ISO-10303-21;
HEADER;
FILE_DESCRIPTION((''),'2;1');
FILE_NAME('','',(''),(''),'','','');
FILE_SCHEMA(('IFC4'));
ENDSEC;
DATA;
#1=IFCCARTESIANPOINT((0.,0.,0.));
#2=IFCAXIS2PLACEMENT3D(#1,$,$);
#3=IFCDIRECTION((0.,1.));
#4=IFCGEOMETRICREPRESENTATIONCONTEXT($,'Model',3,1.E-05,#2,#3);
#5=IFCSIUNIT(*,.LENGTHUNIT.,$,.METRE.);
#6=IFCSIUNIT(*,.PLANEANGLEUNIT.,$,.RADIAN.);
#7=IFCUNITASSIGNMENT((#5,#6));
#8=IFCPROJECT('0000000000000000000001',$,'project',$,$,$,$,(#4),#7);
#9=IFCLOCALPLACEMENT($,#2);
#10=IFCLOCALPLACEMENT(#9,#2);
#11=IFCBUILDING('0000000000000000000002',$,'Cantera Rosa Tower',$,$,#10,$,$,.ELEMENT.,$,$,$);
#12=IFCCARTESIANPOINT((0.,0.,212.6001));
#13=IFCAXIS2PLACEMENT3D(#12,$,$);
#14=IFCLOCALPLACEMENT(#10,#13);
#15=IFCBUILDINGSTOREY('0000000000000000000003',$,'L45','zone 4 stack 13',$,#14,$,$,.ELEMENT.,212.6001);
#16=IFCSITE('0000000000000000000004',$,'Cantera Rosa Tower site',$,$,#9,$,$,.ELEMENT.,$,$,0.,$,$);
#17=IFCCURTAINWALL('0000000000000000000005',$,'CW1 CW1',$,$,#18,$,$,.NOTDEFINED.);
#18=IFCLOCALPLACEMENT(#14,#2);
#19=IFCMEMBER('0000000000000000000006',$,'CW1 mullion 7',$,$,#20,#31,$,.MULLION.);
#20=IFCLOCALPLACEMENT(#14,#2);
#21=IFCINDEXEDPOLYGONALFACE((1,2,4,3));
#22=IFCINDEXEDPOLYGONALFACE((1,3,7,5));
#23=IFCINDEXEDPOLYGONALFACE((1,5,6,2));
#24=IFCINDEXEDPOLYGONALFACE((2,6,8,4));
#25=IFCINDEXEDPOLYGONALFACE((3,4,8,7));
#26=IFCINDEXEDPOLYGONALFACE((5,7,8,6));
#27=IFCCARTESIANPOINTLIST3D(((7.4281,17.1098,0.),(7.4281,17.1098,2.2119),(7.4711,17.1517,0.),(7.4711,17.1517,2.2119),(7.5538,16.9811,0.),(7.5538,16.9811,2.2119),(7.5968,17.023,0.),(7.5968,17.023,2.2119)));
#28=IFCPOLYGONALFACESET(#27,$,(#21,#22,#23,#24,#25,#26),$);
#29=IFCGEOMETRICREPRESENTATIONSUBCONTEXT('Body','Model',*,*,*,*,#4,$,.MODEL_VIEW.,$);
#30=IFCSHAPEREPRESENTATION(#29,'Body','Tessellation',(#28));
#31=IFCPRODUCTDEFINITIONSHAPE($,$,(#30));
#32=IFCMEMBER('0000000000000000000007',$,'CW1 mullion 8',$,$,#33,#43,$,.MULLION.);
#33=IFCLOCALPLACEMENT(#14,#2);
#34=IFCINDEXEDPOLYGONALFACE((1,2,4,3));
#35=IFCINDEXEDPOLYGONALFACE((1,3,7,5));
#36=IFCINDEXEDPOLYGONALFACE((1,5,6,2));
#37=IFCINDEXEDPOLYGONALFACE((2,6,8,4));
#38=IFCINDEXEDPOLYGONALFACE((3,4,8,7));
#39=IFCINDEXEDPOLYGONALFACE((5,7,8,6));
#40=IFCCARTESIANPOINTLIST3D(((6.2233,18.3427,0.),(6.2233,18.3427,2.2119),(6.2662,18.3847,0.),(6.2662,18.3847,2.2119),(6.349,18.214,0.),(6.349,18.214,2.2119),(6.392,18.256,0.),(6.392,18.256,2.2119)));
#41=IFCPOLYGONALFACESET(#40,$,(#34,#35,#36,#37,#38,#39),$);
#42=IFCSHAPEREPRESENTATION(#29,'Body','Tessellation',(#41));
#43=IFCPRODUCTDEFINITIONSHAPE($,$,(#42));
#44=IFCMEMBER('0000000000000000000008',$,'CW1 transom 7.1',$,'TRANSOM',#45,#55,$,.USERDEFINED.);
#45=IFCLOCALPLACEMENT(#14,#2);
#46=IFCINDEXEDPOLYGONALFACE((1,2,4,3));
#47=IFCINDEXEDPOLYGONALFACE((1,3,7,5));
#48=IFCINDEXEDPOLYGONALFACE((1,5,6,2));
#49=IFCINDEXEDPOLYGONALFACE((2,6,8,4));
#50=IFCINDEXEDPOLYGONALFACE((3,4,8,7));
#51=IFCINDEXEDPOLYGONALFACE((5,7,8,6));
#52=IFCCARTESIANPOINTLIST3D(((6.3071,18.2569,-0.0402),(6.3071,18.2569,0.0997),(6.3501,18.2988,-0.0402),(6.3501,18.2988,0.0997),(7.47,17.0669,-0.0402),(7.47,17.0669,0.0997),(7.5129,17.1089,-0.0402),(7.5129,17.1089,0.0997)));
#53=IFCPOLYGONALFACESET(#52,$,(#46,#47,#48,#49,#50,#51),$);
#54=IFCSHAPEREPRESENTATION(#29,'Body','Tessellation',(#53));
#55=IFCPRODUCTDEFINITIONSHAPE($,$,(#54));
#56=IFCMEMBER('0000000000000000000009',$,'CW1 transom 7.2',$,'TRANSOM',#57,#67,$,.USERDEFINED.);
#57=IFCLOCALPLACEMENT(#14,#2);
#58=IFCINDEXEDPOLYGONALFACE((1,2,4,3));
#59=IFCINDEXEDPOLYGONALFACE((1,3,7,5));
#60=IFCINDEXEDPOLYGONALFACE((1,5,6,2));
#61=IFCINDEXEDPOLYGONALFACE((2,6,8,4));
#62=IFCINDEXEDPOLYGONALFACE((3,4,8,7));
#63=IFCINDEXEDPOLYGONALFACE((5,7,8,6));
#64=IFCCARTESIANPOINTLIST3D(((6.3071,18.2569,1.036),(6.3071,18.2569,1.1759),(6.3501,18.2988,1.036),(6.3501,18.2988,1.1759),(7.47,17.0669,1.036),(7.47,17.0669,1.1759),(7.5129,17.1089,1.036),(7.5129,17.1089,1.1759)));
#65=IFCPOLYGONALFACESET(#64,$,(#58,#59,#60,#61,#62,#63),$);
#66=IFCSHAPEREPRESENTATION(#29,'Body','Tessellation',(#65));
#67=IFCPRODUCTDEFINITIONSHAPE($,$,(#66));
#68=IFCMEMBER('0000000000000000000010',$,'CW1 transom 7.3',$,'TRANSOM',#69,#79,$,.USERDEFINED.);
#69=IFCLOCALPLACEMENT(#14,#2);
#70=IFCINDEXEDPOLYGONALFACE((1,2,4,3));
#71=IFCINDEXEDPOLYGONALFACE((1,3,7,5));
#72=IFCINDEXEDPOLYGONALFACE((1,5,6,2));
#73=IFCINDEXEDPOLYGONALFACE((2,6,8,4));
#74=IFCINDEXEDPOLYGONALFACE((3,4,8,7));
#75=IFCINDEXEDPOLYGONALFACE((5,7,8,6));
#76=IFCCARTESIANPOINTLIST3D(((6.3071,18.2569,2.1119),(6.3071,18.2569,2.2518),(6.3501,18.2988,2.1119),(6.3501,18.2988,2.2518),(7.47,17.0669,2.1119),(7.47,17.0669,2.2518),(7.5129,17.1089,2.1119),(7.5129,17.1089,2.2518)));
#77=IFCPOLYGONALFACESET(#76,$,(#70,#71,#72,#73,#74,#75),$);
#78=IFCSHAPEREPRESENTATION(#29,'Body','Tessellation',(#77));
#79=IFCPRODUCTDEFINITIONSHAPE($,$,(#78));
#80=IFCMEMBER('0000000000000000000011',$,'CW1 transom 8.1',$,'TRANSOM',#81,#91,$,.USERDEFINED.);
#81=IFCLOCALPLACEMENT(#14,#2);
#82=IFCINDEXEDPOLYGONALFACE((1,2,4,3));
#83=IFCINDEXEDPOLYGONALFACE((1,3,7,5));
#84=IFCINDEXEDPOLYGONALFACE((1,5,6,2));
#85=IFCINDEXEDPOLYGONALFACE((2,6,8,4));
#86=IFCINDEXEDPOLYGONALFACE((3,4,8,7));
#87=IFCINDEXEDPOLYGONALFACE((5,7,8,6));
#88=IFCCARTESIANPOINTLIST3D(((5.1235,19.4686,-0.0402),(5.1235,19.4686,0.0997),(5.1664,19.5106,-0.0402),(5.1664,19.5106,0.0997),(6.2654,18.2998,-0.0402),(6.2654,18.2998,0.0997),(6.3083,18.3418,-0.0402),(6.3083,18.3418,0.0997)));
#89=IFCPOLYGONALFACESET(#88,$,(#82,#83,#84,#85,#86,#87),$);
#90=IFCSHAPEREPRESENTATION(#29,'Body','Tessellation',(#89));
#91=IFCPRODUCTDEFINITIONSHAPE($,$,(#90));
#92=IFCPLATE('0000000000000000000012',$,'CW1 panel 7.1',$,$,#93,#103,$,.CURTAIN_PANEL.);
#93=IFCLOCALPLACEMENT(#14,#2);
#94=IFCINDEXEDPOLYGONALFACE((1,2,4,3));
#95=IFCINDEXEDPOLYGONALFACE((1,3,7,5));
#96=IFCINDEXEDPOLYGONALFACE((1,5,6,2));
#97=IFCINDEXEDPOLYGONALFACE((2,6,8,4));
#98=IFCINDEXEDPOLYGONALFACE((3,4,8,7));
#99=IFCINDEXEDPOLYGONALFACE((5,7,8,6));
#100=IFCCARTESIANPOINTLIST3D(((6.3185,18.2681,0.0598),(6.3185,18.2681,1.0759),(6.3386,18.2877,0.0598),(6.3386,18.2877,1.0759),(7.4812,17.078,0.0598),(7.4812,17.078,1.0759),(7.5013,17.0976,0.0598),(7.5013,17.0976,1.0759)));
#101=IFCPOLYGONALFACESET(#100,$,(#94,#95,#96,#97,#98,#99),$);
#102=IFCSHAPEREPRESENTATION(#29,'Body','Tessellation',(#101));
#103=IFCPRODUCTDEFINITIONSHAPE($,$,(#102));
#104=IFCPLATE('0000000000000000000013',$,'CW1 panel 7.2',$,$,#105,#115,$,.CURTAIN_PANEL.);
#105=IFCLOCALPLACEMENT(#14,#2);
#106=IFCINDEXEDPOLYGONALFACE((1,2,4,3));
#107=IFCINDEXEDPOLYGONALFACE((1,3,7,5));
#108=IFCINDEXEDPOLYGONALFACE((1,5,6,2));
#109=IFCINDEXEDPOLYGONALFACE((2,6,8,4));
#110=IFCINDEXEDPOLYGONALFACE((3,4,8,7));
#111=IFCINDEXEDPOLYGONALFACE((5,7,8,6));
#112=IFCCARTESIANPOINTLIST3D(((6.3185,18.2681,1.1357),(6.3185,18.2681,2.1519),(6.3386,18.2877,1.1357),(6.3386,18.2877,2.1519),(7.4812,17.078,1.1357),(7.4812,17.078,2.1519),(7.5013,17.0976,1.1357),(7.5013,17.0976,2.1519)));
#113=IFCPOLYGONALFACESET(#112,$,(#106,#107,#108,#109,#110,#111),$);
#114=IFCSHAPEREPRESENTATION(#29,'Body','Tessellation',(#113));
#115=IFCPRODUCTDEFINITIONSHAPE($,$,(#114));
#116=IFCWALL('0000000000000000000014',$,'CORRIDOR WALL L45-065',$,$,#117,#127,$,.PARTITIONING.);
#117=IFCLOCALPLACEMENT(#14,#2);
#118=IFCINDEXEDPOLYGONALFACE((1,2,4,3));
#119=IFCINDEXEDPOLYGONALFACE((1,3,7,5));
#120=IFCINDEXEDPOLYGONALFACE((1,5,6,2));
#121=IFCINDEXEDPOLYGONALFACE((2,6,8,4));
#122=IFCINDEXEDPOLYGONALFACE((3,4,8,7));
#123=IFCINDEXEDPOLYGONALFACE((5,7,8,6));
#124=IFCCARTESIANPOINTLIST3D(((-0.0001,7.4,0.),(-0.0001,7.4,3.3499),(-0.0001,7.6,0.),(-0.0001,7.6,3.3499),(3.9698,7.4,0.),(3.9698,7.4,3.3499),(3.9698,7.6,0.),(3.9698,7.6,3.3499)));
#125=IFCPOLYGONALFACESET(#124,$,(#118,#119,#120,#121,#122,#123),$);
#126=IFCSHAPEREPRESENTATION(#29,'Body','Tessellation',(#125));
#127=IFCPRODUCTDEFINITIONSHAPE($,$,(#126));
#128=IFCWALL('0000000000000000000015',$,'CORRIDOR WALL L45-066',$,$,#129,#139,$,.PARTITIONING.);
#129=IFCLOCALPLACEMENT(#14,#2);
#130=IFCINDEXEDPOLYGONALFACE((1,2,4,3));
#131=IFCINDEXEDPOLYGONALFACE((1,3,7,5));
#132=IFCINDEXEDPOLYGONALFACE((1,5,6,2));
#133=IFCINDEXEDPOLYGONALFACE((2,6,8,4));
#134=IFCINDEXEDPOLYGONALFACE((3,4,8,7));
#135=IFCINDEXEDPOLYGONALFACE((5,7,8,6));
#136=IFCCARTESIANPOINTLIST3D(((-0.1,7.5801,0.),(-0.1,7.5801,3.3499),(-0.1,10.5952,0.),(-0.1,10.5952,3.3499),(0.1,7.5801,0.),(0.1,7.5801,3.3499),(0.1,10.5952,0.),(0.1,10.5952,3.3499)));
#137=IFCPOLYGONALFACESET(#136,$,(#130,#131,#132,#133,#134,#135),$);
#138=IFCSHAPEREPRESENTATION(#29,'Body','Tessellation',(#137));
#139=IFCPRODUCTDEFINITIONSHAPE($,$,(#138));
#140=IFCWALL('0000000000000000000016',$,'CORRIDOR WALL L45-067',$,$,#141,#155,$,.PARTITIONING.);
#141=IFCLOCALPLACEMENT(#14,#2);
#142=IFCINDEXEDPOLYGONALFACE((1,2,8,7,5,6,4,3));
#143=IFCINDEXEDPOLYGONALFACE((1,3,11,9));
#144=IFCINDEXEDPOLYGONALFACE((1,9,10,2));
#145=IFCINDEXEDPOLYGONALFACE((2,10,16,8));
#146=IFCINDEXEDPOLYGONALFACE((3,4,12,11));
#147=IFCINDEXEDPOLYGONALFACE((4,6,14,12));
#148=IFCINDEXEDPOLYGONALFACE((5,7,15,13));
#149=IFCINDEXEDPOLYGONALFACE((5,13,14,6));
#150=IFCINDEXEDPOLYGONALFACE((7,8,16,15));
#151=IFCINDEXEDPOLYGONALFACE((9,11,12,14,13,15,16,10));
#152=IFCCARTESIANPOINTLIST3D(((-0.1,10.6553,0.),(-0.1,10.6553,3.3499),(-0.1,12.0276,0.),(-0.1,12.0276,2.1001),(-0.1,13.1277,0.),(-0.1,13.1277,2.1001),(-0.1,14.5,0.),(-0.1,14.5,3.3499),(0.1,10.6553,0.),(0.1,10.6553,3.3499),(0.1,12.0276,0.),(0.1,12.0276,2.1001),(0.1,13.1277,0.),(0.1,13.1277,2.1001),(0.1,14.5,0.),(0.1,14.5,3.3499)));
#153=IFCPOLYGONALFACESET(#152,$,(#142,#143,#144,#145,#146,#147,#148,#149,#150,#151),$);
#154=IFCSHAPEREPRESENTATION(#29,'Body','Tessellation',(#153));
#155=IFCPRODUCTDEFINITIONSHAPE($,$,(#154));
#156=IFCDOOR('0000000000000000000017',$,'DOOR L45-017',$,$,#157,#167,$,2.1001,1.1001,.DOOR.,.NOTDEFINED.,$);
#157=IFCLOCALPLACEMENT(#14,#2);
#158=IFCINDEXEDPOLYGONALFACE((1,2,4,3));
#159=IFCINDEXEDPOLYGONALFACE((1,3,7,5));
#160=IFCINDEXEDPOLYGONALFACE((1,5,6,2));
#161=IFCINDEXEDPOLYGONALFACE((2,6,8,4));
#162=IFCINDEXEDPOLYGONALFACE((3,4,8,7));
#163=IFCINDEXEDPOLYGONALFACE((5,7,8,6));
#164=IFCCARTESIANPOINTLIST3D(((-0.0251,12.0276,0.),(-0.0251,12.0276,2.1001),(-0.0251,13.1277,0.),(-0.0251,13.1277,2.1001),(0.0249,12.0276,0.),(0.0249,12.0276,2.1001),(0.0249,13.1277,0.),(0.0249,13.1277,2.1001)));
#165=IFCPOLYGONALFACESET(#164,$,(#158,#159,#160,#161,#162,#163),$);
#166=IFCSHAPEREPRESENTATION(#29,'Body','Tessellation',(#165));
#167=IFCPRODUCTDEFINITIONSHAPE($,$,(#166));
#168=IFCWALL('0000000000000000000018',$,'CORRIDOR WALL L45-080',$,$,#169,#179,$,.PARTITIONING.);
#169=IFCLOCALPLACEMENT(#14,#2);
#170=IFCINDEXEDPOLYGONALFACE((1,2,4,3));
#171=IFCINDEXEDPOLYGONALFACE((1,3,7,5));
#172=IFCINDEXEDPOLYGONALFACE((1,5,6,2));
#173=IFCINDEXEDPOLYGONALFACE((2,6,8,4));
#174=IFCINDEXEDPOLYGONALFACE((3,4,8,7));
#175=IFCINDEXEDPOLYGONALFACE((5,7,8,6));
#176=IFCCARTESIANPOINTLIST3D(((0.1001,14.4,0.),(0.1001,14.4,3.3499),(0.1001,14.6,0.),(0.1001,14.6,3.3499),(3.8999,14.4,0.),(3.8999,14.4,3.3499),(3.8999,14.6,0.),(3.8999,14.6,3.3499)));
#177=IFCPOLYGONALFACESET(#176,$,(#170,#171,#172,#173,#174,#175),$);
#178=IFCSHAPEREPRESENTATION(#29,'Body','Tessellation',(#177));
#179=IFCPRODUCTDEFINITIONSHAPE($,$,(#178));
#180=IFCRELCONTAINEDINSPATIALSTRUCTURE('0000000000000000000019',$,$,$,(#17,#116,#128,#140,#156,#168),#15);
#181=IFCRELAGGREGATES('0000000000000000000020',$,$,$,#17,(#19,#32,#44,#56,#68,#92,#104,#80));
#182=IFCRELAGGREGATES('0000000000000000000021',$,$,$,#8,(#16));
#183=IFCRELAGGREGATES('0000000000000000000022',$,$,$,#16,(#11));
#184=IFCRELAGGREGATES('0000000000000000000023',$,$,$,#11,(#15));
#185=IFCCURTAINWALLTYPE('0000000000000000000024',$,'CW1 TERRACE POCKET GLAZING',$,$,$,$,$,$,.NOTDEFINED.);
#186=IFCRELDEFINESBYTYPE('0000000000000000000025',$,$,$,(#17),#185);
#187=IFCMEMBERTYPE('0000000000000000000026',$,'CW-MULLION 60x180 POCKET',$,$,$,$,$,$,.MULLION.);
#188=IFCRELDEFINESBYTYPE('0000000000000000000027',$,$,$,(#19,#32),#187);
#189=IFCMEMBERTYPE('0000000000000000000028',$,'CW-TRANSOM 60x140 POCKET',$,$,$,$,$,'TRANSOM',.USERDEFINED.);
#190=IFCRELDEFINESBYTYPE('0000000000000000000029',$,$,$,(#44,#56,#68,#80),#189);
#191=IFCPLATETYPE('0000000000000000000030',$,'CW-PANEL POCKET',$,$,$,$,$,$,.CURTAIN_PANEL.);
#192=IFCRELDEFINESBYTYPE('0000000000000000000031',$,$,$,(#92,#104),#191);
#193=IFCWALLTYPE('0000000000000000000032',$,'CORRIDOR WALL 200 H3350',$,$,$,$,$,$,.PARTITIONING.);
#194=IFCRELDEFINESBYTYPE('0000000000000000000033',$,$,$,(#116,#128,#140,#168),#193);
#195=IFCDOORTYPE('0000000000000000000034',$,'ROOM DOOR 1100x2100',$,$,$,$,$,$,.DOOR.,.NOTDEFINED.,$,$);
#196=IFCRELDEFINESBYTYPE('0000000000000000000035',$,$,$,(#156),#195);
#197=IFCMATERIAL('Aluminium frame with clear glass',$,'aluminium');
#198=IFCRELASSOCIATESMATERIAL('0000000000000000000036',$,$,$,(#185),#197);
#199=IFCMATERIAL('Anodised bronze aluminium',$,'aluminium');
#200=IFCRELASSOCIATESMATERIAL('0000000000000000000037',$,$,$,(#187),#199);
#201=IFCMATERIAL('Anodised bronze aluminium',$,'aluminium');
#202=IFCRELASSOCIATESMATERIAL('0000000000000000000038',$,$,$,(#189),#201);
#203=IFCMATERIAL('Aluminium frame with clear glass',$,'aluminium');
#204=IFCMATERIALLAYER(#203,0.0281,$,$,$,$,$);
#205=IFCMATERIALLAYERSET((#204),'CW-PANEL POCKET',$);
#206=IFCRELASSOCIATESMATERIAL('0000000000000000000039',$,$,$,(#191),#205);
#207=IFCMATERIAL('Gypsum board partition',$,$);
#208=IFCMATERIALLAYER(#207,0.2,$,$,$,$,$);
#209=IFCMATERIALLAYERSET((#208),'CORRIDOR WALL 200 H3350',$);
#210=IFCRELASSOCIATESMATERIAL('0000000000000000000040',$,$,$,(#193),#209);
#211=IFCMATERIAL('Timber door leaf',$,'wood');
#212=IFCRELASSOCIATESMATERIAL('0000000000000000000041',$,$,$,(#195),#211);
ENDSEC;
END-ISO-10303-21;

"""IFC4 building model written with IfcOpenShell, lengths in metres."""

from ifc_helpers import new_model, si_unit, direction, frame, frame_2d, origin, origin_2d, place, context, subcontext, project, spatial, rectangle, extrude, material, layer, layer_set, material_profile, profile_set, type_object, element, fill, aggregate, save


model = new_model("IFC4")

# Units and contexts
model_context = context("Model", 3, precision=1e-05, world=origin(), true_north=direction((0.0, 1.0)))
body_context = subcontext(model_context, "Body", "Model", "MODEL_VIEW")
ifc_project = project(units=[si_unit("LENGTHUNIT", "METRE"), si_unit("PLANEANGLEUNIT", "RADIAN")], contexts=[model_context])

# Site, building, storey
site_placement = place(None, origin())
site = spatial("IfcSite", under=ifc_project, at=site_placement, Name="Cantera Rosa Tower site", CompositionType="ELEMENT", RefElevation=0.0)
building_placement = place(site_placement, origin())
building = spatial("IfcBuilding", under=site, at=building_placement, Name="Cantera Rosa Tower", CompositionType="ELEMENT")
storey_placement = place(building_placement, frame((0.0, 0.0, 212.6001)))
storey = spatial("IfcBuildingStorey", under=building, at=storey_placement, Name="L45", Description="zone 4 stack 13", CompositionType="ELEMENT", Elevation=212.6001)

# Curtain wall, members, plates
ifc_material_1 = material(Name="Aluminium frame with clear glass", Category="aluminium")
curtain_wall_type = type_object("IfcCurtainWallType", Name="CW1 TERRACE POCKET GLAZING", PredefinedType="NOTDEFINED", material=ifc_material_1)
curtain_wall_placement = place(storey_placement, origin())
curtain_wall = element("IfcCurtainWall", 1, at=curtain_wall_placement, inside=storey, type_object=curtain_wall_type, Name="CW1 CW1", PredefinedType="NOTDEFINED")
ifc_material_2 = material(Name="Anodised bronze aluminium", Category="aluminium")
ifc_material_profile_1 = material_profile(ifc_material_2, rectangle(XDim=0.0601, YDim=0.1799, at=origin_2d()), Name="CW-MULLION 60x180 POCKET")
ifc_profile_set_1 = profile_set([ifc_material_profile_1], Name="Anodised bronze aluminium")
member_type_1 = type_object("IfcMemberType", Name="CW-MULLION 60x180 POCKET", PredefinedType="MULLION", material=ifc_profile_set_1)
member_1_placement = place(storey_placement, frame((7.5125, 17.0664, 0.0), z_axis=(0.0, 0.0, 1.0), x_axis=(-0.715286, -0.698832, 0.0)))
member_1 = element("IfcMember", 2, at=member_1_placement, type_object=member_type_1, Name="CW1 mullion 7", PredefinedType="MULLION", context=body_context, shape_type="SweptSolid", body=[
    extrude(rectangle(XDim=0.0601, YDim=0.1799, at=origin_2d()), origin(), (0.0, 0.0, 1.0), 2.2119),
])
member_2_placement = place(storey_placement, frame((6.3076, 18.2993, 0.0), z_axis=(0.0, 0.0, 1.0), x_axis=(-0.715286, -0.698832, 0.0)))
member_2 = element("IfcMember", 3, at=member_2_placement, type_object=member_type_1, Name="CW1 mullion 8", PredefinedType="MULLION", context=body_context, shape_type="SweptSolid", body=[
    extrude(rectangle(XDim=0.0601, YDim=0.1799, at=origin_2d()), origin(), (0.0, 0.0, 1.0), 2.2119),
])
ifc_material_3 = material(Name="Anodised bronze aluminium", Category="aluminium")
ifc_material_profile_2 = material_profile(ifc_material_3, rectangle(XDim=0.0601, YDim=0.1399, at=origin_2d()), Name="CW-TRANSOM 60x140 POCKET")
ifc_profile_set_2 = profile_set([ifc_material_profile_2], Name="Anodised bronze aluminium")
member_type_2 = type_object("IfcMemberType", Name="CW-TRANSOM 60x140 POCKET", ElementType="TRANSOM", PredefinedType="USERDEFINED", material=ifc_profile_set_2)
member_3_placement = place(storey_placement, frame((7.4915, 17.0879, 0.0298), z_axis=(-0.698916, 0.715204, 0.0), x_axis=(-0.715204, -0.698916, 0.0)))
member_3 = element("IfcMember", 4, at=member_3_placement, type_object=member_type_2, Name="CW1 transom 7.1", ObjectType="TRANSOM", PredefinedType="USERDEFINED", context=body_context, shape_type="SweptSolid", body=[
    extrude(rectangle(XDim=0.0601, YDim=0.1399, at=origin_2d()), origin(), (0.0, 0.0, 1.0), 1.6638),
])
member_4_placement = place(storey_placement, frame((7.4915, 17.0879, 1.106), z_axis=(-0.698916, 0.715204, 0.0), x_axis=(-0.715204, -0.698916, 0.0)))
member_4 = element("IfcMember", 5, at=member_4_placement, type_object=member_type_2, Name="CW1 transom 7.2", ObjectType="TRANSOM", PredefinedType="USERDEFINED", context=body_context, shape_type="SweptSolid", body=[
    extrude(rectangle(XDim=0.0601, YDim=0.1399, at=origin_2d()), origin(), (0.0, 0.0, 1.0), 1.6638),
])
member_5_placement = place(storey_placement, frame((7.4915, 17.0879, 2.1819), z_axis=(-0.698916, 0.715204, 0.0), x_axis=(-0.715204, -0.698916, 0.0)))
member_5 = element("IfcMember", 6, at=member_5_placement, type_object=member_type_2, Name="CW1 transom 7.3", ObjectType="TRANSOM", PredefinedType="USERDEFINED", context=body_context, shape_type="SweptSolid", body=[
    extrude(rectangle(XDim=0.0601, YDim=0.1399, at=origin_2d()), origin(), (0.0, 0.0, 1.0), 1.6638),
])
member_6_placement = place(storey_placement, frame((6.2869, 18.3208, 0.0298), z_axis=(-0.698841, 0.715277, 0.0), x_axis=(-0.715277, -0.698841, 0.0)))
member_6 = element("IfcMember", 7, at=member_6_placement, type_object=member_type_2, Name="CW1 transom 8.1", ObjectType="TRANSOM", PredefinedType="USERDEFINED", context=body_context, shape_type="SweptSolid", body=[
    extrude(rectangle(XDim=0.0601, YDim=0.1399, at=origin_2d()), origin(), (0.0, 0.0, 1.0), 1.634),
])
ifc_material_4 = material(Name="Aluminium frame with clear glass", Category="aluminium")
ifc_layer_1 = layer(ifc_material_4, 0.0281)
ifc_layer_set_1 = layer_set([ifc_layer_1], Name="CW-PANEL POCKET")
plate_type = type_object("IfcPlateType", Name="CW-PANEL POCKET", PredefinedType="CURTAIN_PANEL", material=ifc_layer_set_1)
plate_1_placement = place(storey_placement, frame((6.9099, 17.6829, 0.0598), z_axis=(0.0, 0.0, 1.0), x_axis=(-0.698832, 0.715286, 0.0)))
plate_1 = element("IfcPlate", 8, at=plate_1_placement, type_object=plate_type, Name="CW1 panel 7.1", PredefinedType="CURTAIN_PANEL", context=body_context, shape_type="SweptSolid", body=[
    extrude(rectangle(XDim=1.6638, YDim=0.0281, at=origin_2d()), origin(), (0.0, 0.0, 1.0), 1.0161),
])
plate_2_placement = place(storey_placement, frame((6.9099, 17.6829, 1.1357), z_axis=(0.0, 0.0, 1.0), x_axis=(-0.698832, 0.715286, 0.0)))
plate_2 = element("IfcPlate", 9, at=plate_2_placement, type_object=plate_type, Name="CW1 panel 7.2", PredefinedType="CURTAIN_PANEL", context=body_context, shape_type="SweptSolid", body=[
    extrude(rectangle(XDim=1.6638, YDim=0.0281, at=origin_2d()), origin(), (0.0, 0.0, 1.0), 1.0161),
])
aggregate(curtain_wall, [member_1, member_2, member_3, member_4, member_5, plate_1, plate_2, member_6])

# Walls
ifc_material_5 = material(Name="Gypsum board partition")
ifc_layer_2 = layer(ifc_material_5, 0.2)
ifc_layer_set_2 = layer_set([ifc_layer_2], Name="CORRIDOR WALL 200 H3350")
wall_type_1 = type_object("IfcWallType", Name="CORRIDOR WALL 200 H3350", PredefinedType="PARTITIONING", material=ifc_layer_set_2)
wall_1_placement = place(storey_placement, frame((0.0, 7.5, 0.0), z_axis=(0.0, 0.0, 1.0), x_axis=(1.0, 0.0, 0.0)))
element("IfcWall", 10, at=wall_1_placement, inside=storey, type_object=wall_type_1, Name="CORRIDOR WALL L45-065", PredefinedType="PARTITIONING", context=body_context, shape_type="SweptSolid", body=[
    extrude(rectangle(XDim=3.97, YDim=0.2, at=frame_2d((1.9849, 0.0))), origin(), (0.0, 0.0, 1.0), 3.3499),
])
wall_2_placement = place(storey_placement, frame((0.0, 10.5952, 0.0), z_axis=(0.0, 0.0, 1.0), x_axis=(0.0, -1.0, 0.0)))
element("IfcWall", 11, at=wall_2_placement, inside=storey, type_object=wall_type_1, Name="CORRIDOR WALL L45-066", PredefinedType="PARTITIONING", context=body_context, shape_type="SweptSolid", body=[
    extrude(rectangle(XDim=3.0151, YDim=0.2, at=frame_2d((1.5076, 0.0))), origin(), (0.0, 0.0, 1.0), 3.3499),
])

# Wall, opening, door
wall_3_placement = place(storey_placement, frame((0.0, 14.5, 0.0), z_axis=(0.0, 0.0, 1.0), x_axis=(0.0, -1.0, 0.0)))
wall_3 = element("IfcWall", 12, at=wall_3_placement, inside=storey, type_object=wall_type_1, Name="CORRIDOR WALL L45-067", PredefinedType="PARTITIONING", context=body_context, shape_type="SweptSolid", body=[
    extrude(rectangle(XDim=3.8447, YDim=0.2, at=frame_2d((1.9224, 0.0))), origin(), (0.0, 0.0, 1.0), 3.3499),
])
opening_1_placement = place(wall_3_placement, frame((1.3723, 0.0, 0.0)))
opening_1 = element("IfcOpeningElement", 13, at=opening_1_placement, cuts=wall_3, PredefinedType="OPENING", context=body_context, shape_type="SweptSolid", body=[
    extrude(rectangle(XDim=1.1001, YDim=2.1001, at=frame_2d((0.55, 1.05))), frame((0.0, 0.1099, 0.0), z_axis=(0.0, -1.0, 0.0), x_axis=(1.0, 0.0, 0.0)), (0.0, 0.0, 1.0), 0.22),
])
ifc_material_6 = material(Name="Timber door leaf", Category="wood")
door_type_1 = type_object("IfcDoorType", Name="ROOM DOOR 1100x2100", OperationType="NOTDEFINED", PredefinedType="DOOR", material=ifc_material_6)
door_1_placement = place(opening_1_placement, origin())
door_1 = element("IfcDoor", 14, at=door_1_placement, inside=storey, type_object=door_type_1, Name="DOOR L45-017", OperationType="NOTDEFINED", OverallHeight=2.1001, OverallWidth=1.1001, PredefinedType="DOOR", context=body_context, shape_type="SweptSolid", body=[
    extrude(rectangle(XDim=1.1001, YDim=2.1001, at=frame_2d((0.55, 1.05))), frame((0.0, 0.0249, 0.0), z_axis=(0.0, -1.0, 0.0), x_axis=(1.0, 0.0, 0.0)), (0.0, 0.0, 1.0), 0.05),
])
fill(opening_1, door_1)

# Wall
wall_4_placement = place(storey_placement, frame((3.8999, 14.5, 0.0), z_axis=(0.0, 0.0, 1.0), x_axis=(-1.0, 0.0, 0.0)))
element("IfcWall", 15, at=wall_4_placement, inside=storey, type_object=wall_type_1, Name="CORRIDOR WALL L45-080", PredefinedType="PARTITIONING", context=body_context, shape_type="SweptSolid", body=[
    extrude(rectangle(XDim=3.7998, YDim=0.2, at=frame_2d((1.8999, 0.0))), origin(), (0.0, 0.0, 1.0), 3.3499),
])

save(model, "model.ifc")
